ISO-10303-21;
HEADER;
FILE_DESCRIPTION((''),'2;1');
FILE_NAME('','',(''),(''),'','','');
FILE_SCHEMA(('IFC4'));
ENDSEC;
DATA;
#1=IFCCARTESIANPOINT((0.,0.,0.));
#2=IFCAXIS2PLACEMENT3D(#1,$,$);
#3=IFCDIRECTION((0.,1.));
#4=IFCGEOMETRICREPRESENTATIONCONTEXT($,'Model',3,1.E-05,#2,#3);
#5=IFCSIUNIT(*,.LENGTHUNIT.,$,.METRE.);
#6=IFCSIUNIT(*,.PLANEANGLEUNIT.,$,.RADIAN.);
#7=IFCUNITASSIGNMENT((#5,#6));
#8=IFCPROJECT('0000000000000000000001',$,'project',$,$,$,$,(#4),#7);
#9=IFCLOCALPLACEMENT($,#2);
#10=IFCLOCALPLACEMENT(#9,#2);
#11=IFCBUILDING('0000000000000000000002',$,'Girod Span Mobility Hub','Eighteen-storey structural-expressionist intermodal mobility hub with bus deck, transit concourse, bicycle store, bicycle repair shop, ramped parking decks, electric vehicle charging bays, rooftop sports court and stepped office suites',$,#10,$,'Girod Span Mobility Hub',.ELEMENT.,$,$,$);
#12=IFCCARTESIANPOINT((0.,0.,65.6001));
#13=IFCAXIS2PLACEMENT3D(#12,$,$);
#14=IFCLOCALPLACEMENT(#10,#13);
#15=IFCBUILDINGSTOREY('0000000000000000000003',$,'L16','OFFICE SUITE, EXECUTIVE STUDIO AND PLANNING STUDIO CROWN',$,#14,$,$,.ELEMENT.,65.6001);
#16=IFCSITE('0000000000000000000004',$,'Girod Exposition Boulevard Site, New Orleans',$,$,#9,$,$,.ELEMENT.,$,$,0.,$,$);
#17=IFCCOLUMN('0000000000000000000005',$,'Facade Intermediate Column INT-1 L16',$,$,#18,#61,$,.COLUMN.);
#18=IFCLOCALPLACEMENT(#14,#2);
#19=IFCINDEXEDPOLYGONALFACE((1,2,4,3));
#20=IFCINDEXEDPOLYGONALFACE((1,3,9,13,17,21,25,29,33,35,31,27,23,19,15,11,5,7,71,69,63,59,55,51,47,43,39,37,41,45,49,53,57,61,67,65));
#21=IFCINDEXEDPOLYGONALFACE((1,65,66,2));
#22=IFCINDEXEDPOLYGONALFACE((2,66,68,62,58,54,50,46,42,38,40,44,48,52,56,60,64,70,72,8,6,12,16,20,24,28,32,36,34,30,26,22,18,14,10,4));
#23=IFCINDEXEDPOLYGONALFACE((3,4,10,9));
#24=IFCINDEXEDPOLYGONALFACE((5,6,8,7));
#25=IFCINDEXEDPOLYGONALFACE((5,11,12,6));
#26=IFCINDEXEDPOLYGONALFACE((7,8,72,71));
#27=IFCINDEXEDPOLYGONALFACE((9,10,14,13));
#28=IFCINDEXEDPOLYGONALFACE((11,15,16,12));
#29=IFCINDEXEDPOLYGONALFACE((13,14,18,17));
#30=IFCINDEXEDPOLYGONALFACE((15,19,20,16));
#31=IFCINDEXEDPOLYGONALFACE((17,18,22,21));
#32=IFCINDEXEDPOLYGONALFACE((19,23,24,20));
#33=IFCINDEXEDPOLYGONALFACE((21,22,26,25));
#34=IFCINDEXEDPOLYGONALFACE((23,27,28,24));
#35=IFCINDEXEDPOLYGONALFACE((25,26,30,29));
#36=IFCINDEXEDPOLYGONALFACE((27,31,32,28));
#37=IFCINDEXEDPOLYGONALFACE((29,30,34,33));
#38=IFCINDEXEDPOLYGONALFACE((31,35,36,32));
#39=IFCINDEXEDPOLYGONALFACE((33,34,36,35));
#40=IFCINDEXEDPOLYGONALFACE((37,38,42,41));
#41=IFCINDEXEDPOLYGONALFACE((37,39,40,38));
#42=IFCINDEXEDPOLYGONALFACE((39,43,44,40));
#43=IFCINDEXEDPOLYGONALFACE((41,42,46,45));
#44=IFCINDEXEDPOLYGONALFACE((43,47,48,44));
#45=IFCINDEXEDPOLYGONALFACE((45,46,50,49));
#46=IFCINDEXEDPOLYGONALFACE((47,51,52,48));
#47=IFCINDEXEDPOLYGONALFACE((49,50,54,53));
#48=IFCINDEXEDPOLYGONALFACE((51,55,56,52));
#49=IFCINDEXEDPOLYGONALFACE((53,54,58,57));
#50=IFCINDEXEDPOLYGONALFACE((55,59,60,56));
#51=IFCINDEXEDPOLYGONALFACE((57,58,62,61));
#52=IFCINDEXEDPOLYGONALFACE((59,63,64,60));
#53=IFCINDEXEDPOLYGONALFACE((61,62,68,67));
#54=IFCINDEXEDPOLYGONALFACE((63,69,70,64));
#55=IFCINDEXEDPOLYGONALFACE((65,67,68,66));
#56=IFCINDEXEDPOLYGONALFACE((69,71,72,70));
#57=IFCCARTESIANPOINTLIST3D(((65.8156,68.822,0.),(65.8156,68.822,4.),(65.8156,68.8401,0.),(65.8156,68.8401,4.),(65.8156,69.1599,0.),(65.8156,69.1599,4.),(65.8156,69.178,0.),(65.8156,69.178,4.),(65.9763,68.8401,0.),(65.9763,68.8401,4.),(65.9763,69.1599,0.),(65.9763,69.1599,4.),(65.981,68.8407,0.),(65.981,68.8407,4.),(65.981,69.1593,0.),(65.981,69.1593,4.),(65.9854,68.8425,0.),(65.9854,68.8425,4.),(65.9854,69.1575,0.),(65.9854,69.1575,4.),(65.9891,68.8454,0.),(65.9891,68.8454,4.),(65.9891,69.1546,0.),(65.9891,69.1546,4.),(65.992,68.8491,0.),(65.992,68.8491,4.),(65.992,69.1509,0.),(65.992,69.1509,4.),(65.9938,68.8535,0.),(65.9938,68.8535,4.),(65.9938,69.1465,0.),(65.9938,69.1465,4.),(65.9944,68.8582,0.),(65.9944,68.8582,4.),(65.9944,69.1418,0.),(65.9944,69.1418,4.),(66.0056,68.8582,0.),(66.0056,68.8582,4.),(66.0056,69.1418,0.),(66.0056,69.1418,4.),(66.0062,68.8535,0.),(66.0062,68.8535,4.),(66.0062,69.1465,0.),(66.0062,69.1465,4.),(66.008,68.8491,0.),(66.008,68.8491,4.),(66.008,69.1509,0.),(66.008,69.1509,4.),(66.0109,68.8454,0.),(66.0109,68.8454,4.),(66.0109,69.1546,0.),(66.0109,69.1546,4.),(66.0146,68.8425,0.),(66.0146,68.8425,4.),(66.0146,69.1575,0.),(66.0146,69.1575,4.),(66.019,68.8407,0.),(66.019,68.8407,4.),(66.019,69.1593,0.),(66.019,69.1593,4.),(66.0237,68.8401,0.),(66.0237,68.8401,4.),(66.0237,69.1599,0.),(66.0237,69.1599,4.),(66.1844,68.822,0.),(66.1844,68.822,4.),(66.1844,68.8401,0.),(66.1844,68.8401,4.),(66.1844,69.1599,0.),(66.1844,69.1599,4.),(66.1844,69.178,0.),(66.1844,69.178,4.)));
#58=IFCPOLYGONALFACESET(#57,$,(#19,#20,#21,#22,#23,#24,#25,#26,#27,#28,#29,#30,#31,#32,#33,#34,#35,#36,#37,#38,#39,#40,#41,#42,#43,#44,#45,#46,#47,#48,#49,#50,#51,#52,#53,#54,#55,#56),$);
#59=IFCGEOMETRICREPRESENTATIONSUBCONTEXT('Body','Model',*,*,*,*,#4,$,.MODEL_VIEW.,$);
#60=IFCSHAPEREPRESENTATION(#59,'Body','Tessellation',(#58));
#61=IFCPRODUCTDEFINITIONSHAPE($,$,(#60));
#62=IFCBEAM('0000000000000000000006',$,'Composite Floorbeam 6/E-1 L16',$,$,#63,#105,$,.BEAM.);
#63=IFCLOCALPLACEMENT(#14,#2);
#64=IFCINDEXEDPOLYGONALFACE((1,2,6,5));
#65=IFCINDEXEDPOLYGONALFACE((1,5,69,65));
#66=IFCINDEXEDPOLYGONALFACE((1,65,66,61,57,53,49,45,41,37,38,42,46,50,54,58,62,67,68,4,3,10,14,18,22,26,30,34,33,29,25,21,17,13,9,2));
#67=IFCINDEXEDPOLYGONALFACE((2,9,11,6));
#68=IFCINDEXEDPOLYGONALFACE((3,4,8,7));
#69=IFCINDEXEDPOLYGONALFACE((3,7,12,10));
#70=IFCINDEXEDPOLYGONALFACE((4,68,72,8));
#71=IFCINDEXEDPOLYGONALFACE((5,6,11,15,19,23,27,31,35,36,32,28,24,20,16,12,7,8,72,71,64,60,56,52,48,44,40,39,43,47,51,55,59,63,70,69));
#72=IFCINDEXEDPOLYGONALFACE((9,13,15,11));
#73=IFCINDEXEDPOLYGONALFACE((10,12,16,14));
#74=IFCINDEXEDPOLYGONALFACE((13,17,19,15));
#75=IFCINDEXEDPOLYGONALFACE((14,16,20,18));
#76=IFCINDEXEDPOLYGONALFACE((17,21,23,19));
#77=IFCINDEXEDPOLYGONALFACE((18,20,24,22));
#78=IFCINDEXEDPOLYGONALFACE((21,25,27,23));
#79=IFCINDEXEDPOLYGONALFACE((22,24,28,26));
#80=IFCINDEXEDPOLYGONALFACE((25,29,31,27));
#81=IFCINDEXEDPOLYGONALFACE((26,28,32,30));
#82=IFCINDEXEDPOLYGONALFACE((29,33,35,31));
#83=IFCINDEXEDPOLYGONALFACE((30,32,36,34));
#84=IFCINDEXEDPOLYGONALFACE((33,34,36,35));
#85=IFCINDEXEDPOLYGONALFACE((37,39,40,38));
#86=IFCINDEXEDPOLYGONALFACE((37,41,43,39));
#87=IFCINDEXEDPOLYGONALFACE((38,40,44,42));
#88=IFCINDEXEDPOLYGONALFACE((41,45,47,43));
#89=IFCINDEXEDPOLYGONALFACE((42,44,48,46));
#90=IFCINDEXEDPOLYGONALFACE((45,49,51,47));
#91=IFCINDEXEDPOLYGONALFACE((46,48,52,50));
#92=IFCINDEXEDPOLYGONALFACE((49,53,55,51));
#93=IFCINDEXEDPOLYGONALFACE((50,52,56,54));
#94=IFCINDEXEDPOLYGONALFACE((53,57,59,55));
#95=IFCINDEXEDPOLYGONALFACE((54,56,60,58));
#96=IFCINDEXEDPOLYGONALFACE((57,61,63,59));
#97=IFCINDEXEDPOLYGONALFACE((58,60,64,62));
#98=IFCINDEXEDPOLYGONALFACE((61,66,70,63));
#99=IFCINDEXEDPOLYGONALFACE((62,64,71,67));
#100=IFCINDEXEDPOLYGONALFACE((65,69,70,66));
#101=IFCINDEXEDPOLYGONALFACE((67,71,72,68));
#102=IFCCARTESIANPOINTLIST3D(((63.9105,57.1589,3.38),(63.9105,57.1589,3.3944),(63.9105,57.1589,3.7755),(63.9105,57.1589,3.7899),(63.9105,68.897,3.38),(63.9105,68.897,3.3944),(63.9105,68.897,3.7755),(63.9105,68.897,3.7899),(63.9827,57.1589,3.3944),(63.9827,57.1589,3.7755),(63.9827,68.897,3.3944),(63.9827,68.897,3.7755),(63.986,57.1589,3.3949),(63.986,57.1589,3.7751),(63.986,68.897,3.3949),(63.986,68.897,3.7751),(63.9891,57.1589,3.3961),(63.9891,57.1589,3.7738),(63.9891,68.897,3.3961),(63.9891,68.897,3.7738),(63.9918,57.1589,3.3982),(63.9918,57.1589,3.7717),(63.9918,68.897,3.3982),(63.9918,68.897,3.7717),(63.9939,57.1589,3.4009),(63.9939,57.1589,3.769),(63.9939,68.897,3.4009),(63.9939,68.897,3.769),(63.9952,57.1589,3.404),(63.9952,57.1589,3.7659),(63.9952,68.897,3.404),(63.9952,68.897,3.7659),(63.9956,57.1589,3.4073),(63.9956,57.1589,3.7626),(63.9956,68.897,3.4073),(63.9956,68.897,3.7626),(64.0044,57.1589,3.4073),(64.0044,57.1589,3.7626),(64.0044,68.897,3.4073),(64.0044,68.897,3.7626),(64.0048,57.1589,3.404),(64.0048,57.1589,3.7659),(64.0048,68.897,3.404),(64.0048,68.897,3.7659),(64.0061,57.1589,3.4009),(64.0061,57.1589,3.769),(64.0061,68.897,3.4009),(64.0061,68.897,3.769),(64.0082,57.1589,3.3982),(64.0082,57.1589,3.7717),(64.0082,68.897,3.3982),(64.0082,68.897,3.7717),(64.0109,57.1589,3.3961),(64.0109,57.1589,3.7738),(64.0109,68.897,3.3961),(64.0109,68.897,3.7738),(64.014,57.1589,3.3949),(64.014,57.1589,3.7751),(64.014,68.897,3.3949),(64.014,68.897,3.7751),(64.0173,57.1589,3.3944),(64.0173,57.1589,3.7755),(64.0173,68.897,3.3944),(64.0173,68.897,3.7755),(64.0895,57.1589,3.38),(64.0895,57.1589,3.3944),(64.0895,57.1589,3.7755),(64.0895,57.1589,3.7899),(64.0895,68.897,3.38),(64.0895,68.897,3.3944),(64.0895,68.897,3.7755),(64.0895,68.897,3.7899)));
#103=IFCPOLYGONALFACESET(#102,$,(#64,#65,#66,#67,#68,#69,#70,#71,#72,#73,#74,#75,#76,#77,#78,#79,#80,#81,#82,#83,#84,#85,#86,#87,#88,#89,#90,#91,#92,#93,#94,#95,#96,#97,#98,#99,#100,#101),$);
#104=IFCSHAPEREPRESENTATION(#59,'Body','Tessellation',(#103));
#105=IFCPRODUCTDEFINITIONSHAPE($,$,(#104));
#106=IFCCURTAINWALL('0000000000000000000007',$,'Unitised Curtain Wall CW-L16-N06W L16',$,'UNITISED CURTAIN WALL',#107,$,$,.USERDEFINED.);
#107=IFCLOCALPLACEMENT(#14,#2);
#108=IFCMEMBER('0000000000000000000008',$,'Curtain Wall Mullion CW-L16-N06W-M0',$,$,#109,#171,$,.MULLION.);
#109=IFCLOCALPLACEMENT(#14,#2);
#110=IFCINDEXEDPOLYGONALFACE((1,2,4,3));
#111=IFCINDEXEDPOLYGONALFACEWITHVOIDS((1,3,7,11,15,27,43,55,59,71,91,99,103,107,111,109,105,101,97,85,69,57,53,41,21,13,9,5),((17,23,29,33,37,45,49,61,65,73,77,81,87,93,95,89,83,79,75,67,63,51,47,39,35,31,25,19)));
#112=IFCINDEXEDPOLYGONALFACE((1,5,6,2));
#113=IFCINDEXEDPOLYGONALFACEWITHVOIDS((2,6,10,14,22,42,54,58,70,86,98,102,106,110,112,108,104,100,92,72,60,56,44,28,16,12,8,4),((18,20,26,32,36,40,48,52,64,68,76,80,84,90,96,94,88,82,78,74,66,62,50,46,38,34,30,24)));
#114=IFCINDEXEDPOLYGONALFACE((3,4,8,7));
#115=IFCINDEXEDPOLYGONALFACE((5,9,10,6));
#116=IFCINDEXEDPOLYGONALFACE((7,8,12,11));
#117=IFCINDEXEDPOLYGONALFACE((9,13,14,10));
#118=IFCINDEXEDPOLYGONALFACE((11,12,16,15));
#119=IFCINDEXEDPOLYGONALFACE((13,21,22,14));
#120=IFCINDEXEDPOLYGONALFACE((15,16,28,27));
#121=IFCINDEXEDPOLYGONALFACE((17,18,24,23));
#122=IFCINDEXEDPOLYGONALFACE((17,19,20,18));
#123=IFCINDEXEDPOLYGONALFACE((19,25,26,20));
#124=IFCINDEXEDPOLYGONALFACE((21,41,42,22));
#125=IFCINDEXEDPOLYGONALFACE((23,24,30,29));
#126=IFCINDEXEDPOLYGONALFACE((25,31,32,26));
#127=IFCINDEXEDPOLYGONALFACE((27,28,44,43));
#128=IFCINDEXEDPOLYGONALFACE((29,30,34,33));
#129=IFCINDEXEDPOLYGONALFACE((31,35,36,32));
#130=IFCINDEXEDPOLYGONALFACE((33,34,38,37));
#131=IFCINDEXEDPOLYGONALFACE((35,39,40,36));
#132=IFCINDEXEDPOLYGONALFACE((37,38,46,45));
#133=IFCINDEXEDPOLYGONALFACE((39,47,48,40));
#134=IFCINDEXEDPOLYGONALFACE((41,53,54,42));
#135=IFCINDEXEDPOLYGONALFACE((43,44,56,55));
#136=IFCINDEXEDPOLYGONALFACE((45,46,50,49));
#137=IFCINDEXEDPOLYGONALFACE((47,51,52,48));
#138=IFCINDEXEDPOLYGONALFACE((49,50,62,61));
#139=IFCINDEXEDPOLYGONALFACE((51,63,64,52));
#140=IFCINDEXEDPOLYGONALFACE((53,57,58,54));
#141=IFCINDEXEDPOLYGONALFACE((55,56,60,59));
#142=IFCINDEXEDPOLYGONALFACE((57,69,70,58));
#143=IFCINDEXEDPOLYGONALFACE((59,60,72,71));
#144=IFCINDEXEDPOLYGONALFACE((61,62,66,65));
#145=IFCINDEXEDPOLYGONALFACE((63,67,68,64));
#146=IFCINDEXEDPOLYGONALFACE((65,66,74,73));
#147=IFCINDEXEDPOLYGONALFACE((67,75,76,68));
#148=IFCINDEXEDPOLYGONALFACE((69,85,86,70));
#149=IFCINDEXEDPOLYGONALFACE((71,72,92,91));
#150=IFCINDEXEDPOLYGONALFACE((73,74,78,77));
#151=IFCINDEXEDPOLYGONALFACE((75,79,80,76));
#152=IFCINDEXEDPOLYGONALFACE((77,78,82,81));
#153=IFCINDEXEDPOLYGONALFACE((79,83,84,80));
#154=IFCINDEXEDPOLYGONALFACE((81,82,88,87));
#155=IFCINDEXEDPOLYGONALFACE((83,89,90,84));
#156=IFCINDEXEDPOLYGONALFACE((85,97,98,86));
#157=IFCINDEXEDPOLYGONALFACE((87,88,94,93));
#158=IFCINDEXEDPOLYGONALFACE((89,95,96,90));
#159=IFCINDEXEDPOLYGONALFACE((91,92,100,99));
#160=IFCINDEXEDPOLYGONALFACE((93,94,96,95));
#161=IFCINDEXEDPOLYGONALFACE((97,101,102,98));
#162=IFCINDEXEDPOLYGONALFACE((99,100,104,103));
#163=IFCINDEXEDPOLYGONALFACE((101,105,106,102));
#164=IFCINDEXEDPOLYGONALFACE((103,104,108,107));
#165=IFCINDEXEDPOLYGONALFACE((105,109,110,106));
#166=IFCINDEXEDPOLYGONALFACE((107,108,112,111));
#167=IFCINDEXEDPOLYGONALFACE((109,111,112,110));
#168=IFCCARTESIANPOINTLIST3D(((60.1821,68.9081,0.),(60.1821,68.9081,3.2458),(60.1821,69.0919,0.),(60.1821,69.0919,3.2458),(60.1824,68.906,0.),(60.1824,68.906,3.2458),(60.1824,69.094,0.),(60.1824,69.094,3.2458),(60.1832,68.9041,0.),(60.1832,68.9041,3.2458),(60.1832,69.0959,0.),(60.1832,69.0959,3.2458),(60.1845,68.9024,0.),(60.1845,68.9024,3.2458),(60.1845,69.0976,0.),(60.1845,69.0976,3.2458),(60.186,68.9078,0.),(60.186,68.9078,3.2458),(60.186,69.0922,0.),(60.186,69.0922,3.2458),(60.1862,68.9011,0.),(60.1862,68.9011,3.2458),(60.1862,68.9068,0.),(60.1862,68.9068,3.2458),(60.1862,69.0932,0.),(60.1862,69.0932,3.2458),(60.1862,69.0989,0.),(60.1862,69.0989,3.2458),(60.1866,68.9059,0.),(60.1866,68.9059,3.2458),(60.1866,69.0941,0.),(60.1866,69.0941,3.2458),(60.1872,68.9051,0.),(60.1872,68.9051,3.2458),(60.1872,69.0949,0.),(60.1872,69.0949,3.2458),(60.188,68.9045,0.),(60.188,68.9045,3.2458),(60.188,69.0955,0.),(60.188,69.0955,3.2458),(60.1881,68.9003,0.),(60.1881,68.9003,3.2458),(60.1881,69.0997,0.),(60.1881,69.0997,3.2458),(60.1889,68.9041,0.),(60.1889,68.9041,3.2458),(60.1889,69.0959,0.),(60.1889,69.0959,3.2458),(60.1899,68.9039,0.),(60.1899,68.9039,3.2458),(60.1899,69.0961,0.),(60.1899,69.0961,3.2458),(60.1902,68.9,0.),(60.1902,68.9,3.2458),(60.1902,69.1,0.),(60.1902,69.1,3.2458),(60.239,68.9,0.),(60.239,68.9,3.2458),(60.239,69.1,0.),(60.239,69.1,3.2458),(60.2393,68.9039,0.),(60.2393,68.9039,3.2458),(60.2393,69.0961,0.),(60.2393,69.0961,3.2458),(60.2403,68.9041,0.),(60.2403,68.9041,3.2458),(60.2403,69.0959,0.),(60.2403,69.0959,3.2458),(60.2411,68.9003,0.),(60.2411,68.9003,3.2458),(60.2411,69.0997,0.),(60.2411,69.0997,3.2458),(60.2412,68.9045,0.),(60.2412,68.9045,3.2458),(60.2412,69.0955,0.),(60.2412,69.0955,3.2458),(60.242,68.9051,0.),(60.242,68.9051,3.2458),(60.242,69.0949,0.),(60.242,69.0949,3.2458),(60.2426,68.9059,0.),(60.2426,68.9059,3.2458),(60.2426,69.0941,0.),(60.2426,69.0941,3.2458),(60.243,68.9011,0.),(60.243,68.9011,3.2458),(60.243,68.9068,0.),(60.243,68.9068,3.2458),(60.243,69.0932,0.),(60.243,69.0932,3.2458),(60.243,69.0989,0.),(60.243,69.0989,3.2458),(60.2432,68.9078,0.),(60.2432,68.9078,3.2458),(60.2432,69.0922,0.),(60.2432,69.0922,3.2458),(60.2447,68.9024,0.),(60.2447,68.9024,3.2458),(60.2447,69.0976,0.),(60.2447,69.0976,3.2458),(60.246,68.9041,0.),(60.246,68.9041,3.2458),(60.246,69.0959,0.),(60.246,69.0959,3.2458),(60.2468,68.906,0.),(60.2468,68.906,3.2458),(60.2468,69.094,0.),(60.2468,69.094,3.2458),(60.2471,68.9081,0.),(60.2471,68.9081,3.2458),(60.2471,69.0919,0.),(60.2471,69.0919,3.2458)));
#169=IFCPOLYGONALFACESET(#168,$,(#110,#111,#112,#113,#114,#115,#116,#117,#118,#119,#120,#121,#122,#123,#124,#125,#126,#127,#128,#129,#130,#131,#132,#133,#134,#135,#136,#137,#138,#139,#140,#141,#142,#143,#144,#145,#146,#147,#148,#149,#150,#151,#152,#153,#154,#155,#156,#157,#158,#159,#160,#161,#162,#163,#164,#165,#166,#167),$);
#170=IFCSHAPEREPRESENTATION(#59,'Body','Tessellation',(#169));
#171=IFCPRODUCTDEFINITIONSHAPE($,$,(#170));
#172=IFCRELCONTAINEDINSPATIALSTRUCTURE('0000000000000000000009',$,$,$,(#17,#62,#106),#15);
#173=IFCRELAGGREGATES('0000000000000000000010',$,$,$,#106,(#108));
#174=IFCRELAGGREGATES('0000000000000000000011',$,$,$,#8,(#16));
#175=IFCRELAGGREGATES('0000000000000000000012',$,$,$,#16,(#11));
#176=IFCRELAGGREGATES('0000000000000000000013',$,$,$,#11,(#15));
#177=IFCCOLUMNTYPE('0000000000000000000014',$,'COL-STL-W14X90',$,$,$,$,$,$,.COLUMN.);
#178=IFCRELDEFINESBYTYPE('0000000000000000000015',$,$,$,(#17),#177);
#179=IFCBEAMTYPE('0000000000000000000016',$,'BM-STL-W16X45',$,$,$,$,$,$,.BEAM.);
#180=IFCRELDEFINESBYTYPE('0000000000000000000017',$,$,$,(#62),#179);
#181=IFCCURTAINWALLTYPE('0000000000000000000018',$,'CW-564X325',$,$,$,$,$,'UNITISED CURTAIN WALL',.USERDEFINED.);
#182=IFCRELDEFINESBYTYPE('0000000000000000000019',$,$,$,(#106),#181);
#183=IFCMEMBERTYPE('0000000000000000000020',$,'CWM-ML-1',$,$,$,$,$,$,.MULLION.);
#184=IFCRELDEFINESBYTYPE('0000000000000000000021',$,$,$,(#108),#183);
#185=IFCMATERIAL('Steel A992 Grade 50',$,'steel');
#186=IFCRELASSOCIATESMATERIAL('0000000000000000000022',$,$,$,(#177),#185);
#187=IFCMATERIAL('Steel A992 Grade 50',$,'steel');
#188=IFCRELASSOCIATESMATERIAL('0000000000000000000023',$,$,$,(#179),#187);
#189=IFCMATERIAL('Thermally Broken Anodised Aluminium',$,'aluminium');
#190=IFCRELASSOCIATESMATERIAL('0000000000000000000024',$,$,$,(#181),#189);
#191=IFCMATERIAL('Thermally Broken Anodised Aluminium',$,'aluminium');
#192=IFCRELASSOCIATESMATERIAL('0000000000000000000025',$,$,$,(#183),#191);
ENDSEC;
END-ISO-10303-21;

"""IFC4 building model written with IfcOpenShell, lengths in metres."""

from ifc_helpers import new_model, si_unit, direction, frame, origin, origin_2d, place, context, subcontext, project, spatial, hollow_rectangle, i_section, extrude, material, material_profile, profile_set, type_object, element, aggregate, save


model = new_model("IFC4")

# Units and contexts
model_context = context("Model", 3, precision=1e-05, world=origin(), true_north=direction((0.0, 1.0)))
body_context = subcontext(model_context, "Body", "Model", "MODEL_VIEW")
ifc_project = project(units=[si_unit("LENGTHUNIT", "METRE"), si_unit("PLANEANGLEUNIT", "RADIAN")], contexts=[model_context])

# Site, building, storey
site_placement = place(None, origin())
site = spatial("IfcSite", under=ifc_project, at=site_placement, Name="Girod Exposition Boulevard Site, New Orleans", CompositionType="ELEMENT", RefElevation=0.0)
building_placement = place(site_placement, origin())
building = spatial("IfcBuilding", under=site, at=building_placement, Name="Girod Span Mobility Hub", Description="Eighteen-storey structural-expressionist intermodal mobility hub with bus deck, transit concourse, bicycle store, bicycle repair shop, ramped parking decks, electric vehicle charging bays, rooftop sports court and stepped office suites", LongName="Girod Span Mobility Hub", CompositionType="ELEMENT")
storey_placement = place(building_placement, frame((0.0, 0.0, 65.6001)))
storey = spatial("IfcBuildingStorey", under=building, at=storey_placement, Name="L16", Description="OFFICE SUITE, EXECUTIVE STUDIO AND PLANNING STUDIO CROWN", CompositionType="ELEMENT", Elevation=65.6001)

# Column
ifc_material_1 = material(Name="Steel A992 Grade 50", Category="steel")
ifc_material_profile_1 = material_profile(ifc_material_1, i_section(OverallWidth=0.3689, OverallDepth=0.356, WebThickness=0.0112, FlangeThickness=0.0181, FilletRadius=0.0181, at=origin_2d()), Name="W14X90")
ifc_profile_set_1 = profile_set([ifc_material_profile_1], Name="Steel A992 Grade 50")
column_type = type_object("IfcColumnType", Name="COL-STL-W14X90", PredefinedType="COLUMN", material=ifc_profile_set_1)
column_placement = place(storey_placement, frame((66.0, 69.0, 0.0), z_axis=(0.0, 0.0, 1.0), x_axis=(1.0, 0.0, 0.0)))
element("IfcColumn", 1, at=column_placement, inside=storey, type_object=column_type, Name="Facade Intermediate Column INT-1 L16", PredefinedType="COLUMN", context=body_context, shape_type="SweptSolid", body=[
    extrude(i_section(OverallWidth=0.3689, OverallDepth=0.356, WebThickness=0.0112, FlangeThickness=0.0181, FilletRadius=0.0181, at=origin_2d()), origin(), (0.0, 0.0, 1.0), 4.0),
])

# Beam
ifc_material_2 = material(Name="Steel A992 Grade 50", Category="steel")
ifc_material_profile_2 = material_profile(ifc_material_2, i_section(OverallWidth=0.179, OverallDepth=0.4099, WebThickness=0.0088, FlangeThickness=0.0144, FilletRadius=0.0129, at=origin_2d()), Name="W16X45")
ifc_profile_set_2 = profile_set([ifc_material_profile_2], Name="Steel A992 Grade 50")
beam_type = type_object("IfcBeamType", Name="BM-STL-W16X45", PredefinedType="BEAM", material=ifc_profile_set_2)
beam_placement = place(storey_placement, frame((64.0, 57.1589, 3.585), z_axis=(0.0, 1.0, 0.0), x_axis=(-1.0, 0.0, 0.0)))
element("IfcBeam", 2, at=beam_placement, inside=storey, type_object=beam_type, Name="Composite Floorbeam 6/E-1 L16", PredefinedType="BEAM", context=body_context, shape_type="SweptSolid", body=[
    extrude(i_section(OverallWidth=0.179, OverallDepth=0.4099, WebThickness=0.0088, FlangeThickness=0.0144, FilletRadius=0.0129, at=origin_2d()), origin(), (0.0, 0.0, 1.0), 11.738),
])

# Curtain wall, member
ifc_material_3 = material(Name="Thermally Broken Anodised Aluminium", Category="aluminium")
curtain_wall_type = type_object("IfcCurtainWallType", Name="CW-564X325", ElementType="UNITISED CURTAIN WALL", PredefinedType="USERDEFINED", material=ifc_material_3)
curtain_wall_placement = place(storey_placement, origin())
curtain_wall = element("IfcCurtainWall", 3, at=curtain_wall_placement, inside=storey, type_object=curtain_wall_type, Name="Unitised Curtain Wall CW-L16-N06W L16", ObjectType="UNITISED CURTAIN WALL", PredefinedType="USERDEFINED")
ifc_material_4 = material(Name="Thermally Broken Anodised Aluminium", Category="aluminium")
ifc_material_profile_3 = material_profile(ifc_material_4, hollow_rectangle(XDim=0.2, YDim=0.0649, WallThickness=0.0039, InnerFilletRadius=0.0039, OuterFilletRadius=0.0081, at=origin_2d()), Name="CW-ML-65X200")
ifc_profile_set_3 = profile_set([ifc_material_profile_3], Name="Thermally Broken Anodised Aluminium")
member_type_1 = type_object("IfcMemberType", Name="CWM-ML-1", PredefinedType="MULLION", material=ifc_profile_set_3)
member_1_placement = place(storey_placement, frame((60.2146, 69.0, 0.0), z_axis=(0.0, 0.0, 1.0), x_axis=(0.0, 1.0, 0.0)))
member_1 = element("IfcMember", 4, at=member_1_placement, type_object=member_type_1, Name="Curtain Wall Mullion CW-L16-N06W-M0", PredefinedType="MULLION", context=body_context, shape_type="SweptSolid", body=[
    extrude(hollow_rectangle(XDim=0.2, YDim=0.0649, WallThickness=0.0039, InnerFilletRadius=0.0039, OuterFilletRadius=0.0081, at=origin_2d()), origin(), (0.0, 0.0, 1.0), 3.2458),
])
aggregate(curtain_wall, [member_1])

save(model, "model.ifc")
